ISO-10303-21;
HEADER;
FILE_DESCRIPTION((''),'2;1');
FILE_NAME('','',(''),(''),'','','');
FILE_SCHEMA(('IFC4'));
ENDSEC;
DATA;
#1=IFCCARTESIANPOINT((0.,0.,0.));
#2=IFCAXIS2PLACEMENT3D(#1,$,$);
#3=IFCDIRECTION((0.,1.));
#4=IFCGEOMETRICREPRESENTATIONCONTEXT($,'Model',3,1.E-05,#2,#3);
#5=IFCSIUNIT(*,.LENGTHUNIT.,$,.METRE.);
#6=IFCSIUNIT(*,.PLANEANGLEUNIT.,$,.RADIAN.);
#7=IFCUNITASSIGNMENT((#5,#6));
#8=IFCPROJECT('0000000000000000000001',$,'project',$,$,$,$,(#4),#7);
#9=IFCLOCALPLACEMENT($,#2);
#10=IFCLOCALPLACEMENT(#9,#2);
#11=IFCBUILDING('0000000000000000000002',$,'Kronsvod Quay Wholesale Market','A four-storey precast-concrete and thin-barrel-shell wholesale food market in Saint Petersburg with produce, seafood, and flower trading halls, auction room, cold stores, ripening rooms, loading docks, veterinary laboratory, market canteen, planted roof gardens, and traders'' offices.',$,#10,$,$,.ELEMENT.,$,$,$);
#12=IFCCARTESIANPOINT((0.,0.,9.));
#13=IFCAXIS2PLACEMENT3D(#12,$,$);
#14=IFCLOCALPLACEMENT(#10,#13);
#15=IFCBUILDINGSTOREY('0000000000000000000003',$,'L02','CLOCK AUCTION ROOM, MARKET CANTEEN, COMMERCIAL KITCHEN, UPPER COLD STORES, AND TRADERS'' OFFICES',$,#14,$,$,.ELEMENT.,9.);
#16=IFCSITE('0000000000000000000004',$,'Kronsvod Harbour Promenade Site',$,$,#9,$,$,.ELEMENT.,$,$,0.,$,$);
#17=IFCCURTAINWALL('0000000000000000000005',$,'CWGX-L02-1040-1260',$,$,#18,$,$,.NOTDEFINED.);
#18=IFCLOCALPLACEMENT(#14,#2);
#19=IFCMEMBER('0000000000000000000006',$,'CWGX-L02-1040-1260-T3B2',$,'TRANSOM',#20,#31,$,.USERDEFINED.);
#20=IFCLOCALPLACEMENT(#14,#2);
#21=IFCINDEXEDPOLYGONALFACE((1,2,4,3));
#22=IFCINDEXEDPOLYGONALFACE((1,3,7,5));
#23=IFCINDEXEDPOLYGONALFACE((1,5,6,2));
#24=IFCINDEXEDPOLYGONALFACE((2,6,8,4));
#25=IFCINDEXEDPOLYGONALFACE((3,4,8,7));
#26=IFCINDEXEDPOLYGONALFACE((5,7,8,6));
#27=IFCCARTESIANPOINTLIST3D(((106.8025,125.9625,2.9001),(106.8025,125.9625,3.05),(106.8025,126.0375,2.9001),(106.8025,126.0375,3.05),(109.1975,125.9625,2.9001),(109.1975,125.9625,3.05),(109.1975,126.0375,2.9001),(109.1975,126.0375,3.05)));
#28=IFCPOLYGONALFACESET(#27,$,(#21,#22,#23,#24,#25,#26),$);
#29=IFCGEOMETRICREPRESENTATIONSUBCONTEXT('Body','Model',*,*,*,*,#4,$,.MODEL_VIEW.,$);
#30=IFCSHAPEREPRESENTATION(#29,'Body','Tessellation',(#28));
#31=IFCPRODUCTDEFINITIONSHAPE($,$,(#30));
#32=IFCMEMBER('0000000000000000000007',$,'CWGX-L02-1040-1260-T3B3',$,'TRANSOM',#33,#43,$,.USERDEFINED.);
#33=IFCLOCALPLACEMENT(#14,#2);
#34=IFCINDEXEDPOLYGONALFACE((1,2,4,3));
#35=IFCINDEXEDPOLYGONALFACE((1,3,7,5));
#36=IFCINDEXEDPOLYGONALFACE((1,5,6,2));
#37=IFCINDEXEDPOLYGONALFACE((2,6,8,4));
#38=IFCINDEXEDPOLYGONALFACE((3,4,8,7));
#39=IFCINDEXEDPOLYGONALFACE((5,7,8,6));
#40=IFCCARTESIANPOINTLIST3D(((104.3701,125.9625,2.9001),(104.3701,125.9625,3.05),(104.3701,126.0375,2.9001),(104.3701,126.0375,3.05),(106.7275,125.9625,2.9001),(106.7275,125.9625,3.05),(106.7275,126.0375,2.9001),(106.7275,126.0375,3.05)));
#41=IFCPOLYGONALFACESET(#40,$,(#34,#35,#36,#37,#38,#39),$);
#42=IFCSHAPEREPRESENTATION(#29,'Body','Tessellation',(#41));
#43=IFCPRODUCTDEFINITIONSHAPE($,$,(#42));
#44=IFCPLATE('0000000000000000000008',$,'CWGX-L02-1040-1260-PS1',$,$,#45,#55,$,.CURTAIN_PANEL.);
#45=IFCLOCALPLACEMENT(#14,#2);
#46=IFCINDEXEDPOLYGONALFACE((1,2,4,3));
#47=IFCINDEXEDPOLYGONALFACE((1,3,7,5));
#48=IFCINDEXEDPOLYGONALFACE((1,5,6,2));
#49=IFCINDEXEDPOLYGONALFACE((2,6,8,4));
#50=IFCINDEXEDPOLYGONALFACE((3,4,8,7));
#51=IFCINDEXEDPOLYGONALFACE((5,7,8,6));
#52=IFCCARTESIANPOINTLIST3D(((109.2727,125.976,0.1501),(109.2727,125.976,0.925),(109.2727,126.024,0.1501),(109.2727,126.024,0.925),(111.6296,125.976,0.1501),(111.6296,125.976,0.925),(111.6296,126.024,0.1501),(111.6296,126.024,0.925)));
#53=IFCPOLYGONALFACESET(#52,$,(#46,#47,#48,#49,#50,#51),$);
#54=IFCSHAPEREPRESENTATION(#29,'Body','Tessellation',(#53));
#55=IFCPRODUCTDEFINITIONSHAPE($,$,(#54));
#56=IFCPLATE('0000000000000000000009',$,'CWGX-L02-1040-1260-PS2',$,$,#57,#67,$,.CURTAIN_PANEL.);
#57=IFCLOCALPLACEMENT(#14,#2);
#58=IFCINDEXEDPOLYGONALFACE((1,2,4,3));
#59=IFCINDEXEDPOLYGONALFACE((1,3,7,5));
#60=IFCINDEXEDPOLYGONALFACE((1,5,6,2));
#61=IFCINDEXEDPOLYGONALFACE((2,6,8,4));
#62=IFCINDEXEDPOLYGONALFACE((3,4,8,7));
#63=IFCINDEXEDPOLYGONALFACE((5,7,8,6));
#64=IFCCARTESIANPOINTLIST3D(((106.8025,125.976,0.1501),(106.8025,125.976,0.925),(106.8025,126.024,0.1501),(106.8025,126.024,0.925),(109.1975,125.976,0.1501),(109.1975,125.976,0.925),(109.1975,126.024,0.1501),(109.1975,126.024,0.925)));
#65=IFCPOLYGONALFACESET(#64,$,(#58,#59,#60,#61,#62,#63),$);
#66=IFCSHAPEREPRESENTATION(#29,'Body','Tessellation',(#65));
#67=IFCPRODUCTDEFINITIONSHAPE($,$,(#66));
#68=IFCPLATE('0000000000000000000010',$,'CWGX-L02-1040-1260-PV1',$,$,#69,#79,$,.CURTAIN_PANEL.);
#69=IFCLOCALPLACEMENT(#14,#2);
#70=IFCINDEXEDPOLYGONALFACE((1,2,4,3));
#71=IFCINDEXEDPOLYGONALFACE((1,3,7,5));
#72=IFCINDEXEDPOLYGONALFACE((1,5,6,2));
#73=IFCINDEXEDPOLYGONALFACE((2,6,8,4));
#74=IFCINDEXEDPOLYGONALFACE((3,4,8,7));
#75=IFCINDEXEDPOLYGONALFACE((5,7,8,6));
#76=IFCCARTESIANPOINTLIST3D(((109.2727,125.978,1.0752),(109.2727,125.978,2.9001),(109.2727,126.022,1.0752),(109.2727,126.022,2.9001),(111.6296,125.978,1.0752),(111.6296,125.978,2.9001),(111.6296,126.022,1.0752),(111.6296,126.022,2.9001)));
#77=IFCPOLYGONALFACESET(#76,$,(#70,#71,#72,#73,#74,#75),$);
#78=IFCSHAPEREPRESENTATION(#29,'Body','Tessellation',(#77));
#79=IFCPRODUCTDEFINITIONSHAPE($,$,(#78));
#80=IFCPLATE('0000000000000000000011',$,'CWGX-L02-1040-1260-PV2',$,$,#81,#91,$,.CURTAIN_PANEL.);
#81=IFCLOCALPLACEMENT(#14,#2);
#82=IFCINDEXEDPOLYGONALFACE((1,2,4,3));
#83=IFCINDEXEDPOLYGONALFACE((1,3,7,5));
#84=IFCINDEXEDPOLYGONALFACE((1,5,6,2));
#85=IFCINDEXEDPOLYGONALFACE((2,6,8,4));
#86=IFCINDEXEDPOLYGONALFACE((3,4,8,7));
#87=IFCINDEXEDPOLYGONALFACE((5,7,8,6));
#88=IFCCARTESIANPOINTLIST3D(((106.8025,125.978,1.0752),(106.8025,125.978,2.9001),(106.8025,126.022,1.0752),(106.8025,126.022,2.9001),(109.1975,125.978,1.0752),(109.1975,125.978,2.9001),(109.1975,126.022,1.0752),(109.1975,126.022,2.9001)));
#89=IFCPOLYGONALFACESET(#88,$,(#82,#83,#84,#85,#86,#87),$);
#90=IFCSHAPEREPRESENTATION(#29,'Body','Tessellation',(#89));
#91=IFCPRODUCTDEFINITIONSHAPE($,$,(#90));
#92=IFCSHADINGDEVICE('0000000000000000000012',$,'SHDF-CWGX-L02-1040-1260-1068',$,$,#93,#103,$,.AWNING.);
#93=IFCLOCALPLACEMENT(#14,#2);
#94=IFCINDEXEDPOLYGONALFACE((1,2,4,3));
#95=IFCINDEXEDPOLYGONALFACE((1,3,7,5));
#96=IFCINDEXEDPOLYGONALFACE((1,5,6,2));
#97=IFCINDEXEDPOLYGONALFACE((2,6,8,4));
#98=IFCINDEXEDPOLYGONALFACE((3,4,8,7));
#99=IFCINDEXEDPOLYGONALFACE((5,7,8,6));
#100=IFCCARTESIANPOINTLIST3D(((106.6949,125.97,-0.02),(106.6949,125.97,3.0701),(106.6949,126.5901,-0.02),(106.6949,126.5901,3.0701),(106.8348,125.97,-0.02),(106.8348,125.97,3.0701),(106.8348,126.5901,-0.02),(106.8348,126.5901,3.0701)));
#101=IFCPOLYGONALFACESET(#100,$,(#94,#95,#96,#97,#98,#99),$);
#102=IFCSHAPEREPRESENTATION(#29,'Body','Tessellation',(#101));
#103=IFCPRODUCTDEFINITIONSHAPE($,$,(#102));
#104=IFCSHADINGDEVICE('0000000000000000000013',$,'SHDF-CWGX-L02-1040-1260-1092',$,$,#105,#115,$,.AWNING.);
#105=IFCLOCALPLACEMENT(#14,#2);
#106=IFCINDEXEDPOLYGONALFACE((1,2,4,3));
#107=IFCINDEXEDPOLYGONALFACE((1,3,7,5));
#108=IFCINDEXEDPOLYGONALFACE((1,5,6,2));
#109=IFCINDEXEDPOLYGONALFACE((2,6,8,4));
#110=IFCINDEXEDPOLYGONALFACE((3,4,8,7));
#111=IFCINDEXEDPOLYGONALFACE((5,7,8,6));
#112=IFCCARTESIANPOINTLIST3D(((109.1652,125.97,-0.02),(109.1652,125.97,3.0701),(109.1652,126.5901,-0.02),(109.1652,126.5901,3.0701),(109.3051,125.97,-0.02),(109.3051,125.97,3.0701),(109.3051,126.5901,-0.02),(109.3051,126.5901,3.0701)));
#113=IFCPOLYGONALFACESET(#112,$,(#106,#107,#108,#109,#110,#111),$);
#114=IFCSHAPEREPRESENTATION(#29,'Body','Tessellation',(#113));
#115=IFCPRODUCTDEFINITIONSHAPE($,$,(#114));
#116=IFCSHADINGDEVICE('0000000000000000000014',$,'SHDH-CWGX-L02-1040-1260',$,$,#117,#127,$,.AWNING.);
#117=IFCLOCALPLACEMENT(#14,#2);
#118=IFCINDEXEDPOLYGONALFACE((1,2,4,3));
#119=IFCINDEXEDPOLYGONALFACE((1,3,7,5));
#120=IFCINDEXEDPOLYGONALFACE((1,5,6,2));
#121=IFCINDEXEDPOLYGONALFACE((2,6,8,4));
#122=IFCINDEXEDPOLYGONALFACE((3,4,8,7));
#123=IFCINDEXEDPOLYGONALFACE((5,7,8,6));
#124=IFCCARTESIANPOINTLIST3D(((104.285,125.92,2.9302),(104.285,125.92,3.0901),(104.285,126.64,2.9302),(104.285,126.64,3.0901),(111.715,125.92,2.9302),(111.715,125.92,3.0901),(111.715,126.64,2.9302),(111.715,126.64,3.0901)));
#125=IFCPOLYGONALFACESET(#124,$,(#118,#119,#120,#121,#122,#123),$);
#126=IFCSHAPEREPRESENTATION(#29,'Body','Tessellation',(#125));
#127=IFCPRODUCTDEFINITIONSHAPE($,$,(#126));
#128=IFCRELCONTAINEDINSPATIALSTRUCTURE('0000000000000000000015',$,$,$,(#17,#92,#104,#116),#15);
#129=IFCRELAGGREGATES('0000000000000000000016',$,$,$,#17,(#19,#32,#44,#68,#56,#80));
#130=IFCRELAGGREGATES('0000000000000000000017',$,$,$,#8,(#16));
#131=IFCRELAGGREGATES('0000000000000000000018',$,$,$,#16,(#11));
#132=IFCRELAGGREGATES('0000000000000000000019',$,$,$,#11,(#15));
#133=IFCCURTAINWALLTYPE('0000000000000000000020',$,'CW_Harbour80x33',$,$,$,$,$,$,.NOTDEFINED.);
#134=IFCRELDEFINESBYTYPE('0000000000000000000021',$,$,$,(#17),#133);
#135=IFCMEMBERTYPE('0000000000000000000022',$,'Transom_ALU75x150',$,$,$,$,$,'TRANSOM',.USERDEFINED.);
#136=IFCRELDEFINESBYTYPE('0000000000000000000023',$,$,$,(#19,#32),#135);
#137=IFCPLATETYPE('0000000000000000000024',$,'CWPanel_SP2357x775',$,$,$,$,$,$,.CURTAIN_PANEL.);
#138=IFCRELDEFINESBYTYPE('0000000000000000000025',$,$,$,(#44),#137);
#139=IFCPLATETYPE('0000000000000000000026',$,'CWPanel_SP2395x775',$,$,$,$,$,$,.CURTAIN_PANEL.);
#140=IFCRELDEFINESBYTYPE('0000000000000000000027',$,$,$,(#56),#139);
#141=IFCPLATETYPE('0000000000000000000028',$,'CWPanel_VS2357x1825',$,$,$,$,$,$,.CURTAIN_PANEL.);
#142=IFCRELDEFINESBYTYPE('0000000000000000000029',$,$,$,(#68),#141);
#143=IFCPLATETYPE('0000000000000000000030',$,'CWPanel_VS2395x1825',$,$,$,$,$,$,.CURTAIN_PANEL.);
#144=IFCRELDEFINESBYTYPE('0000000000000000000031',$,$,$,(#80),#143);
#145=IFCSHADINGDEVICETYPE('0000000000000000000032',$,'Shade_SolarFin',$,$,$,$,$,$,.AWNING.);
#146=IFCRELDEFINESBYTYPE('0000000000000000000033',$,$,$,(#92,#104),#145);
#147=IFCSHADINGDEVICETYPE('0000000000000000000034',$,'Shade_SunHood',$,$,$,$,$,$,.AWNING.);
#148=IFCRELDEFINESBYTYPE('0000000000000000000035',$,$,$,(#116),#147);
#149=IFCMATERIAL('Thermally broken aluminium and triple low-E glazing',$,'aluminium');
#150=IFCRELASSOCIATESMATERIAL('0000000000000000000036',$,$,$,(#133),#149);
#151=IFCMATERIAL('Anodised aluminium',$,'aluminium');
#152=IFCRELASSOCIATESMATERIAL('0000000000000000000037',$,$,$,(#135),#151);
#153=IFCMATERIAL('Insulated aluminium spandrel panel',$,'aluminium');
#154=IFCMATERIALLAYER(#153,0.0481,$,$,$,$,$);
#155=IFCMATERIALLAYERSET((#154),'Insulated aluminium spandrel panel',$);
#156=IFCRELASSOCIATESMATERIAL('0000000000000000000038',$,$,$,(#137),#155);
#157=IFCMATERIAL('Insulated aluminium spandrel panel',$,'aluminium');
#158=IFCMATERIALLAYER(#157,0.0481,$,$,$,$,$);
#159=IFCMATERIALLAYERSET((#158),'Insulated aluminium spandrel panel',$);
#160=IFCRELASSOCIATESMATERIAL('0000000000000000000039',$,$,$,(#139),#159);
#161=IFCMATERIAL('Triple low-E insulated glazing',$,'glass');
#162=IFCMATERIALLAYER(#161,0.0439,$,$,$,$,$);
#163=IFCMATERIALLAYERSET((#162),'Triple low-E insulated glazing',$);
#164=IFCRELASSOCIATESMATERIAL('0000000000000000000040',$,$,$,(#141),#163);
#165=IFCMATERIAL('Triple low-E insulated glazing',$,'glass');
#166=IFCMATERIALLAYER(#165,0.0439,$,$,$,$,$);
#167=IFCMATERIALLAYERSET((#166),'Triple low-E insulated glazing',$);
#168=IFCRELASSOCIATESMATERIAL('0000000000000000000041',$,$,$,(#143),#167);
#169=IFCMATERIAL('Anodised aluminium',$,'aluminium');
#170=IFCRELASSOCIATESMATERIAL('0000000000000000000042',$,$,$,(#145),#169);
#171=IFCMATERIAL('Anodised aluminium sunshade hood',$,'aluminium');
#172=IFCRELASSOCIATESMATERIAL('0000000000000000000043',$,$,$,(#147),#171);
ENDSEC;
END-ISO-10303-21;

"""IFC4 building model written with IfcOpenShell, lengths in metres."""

from ifc_helpers import new_model, si_unit, direction, frame, origin, origin_2d, place, context, subcontext, project, spatial, rectangle, extrude, material, layer, layer_set, material_profile, profile_set, type_object, element, aggregate, save


model = new_model("IFC4")

# Units and contexts
model_context = context("Model", 3, precision=1e-05, world=origin(), true_north=direction((0.0, 1.0)))
body_context = subcontext(model_context, "Body", "Model", "MODEL_VIEW")
ifc_project = project(units=[si_unit("LENGTHUNIT", "METRE"), si_unit("PLANEANGLEUNIT", "RADIAN")], contexts=[model_context])

# Site, building, storey
site_placement = place(None, origin())
site = spatial("IfcSite", under=ifc_project, at=site_placement, Name="Kronsvod Harbour Promenade Site", CompositionType="ELEMENT", RefElevation=0.0)
building_placement = place(site_placement, origin())
building = spatial("IfcBuilding", under=site, at=building_placement, Name="Kronsvod Quay Wholesale Market", Description="A four-storey precast-concrete and thin-barrel-shell wholesale food market in Saint Petersburg with produce, seafood, and flower trading halls, auction room, cold stores, ripening rooms, loading docks, veterinary laboratory, market canteen, planted roof gardens, and traders' offices.", CompositionType="ELEMENT")
storey_placement = place(building_placement, frame((0.0, 0.0, 9.0)))
storey = spatial("IfcBuildingStorey", under=building, at=storey_placement, Name="L02", Description="CLOCK AUCTION ROOM, MARKET CANTEEN, COMMERCIAL KITCHEN, UPPER COLD STORES, AND TRADERS' OFFICES", CompositionType="ELEMENT", Elevation=9.0)

# Curtain wall
ifc_material_1 = material(Name="Thermally broken aluminium and triple low-E glazing", Category="aluminium")
curtain_wall_type = type_object("IfcCurtainWallType", Name="CW_Harbour80x33", PredefinedType="NOTDEFINED", material=ifc_material_1)
curtain_wall_placement = place(storey_placement, origin())
curtain_wall = element("IfcCurtainWall", 1, at=curtain_wall_placement, inside=storey, type_object=curtain_wall_type, Name="CWGX-L02-1040-1260", PredefinedType="NOTDEFINED")

# Members
ifc_material_2 = material(Name="Anodised aluminium", Category="aluminium")
ifc_material_profile_1 = material_profile(ifc_material_2, rectangle(XDim=0.075, YDim=0.1499, at=origin_2d()), Name="ALUT75x150")
ifc_profile_set_1 = profile_set([ifc_material_profile_1], Name="Anodised aluminium")
member_type_1 = type_object("IfcMemberType", Name="Transom_ALU75x150", ElementType="TRANSOM", PredefinedType="USERDEFINED", material=ifc_profile_set_1)
member_1_placement = place(storey_placement, frame((109.1975, 126.0, 2.9751), z_axis=(-1.0, 0.0, 0.0), x_axis=(0.0, -1.0, 0.0)))
member_1 = element("IfcMember", 2, at=member_1_placement, type_object=member_type_1, Name="CWGX-L02-1040-1260-T3B2", ObjectType="TRANSOM", PredefinedType="USERDEFINED", context=body_context, shape_type="SweptSolid", body=[
    extrude(rectangle(XDim=0.075, YDim=0.1499, at=origin_2d()), origin(), (0.0, 0.0, 1.0), 2.395),
])
member_2_placement = place(storey_placement, frame((106.7275, 126.0, 2.9751), z_axis=(-1.0, 0.0, 0.0), x_axis=(0.0, -1.0, 0.0)))
member_2 = element("IfcMember", 3, at=member_2_placement, type_object=member_type_1, Name="CWGX-L02-1040-1260-T3B3", ObjectType="TRANSOM", PredefinedType="USERDEFINED", context=body_context, shape_type="SweptSolid", body=[
    extrude(rectangle(XDim=0.075, YDim=0.1499, at=origin_2d()), origin(), (0.0, 0.0, 1.0), 2.3574),
])

# Plates
ifc_material_3 = material(Name="Insulated aluminium spandrel panel", Category="aluminium")
ifc_layer_1 = layer(ifc_material_3, 0.0481)
ifc_layer_set_1 = layer_set([ifc_layer_1], Name="Insulated aluminium spandrel panel")
plate_type_1 = type_object("IfcPlateType", Name="CWPanel_SP2357x775", PredefinedType="CURTAIN_PANEL", material=ifc_layer_set_1)
plate_1_placement = place(storey_placement, frame((110.4512, 126.0, 0.1501), z_axis=(0.0, 0.0, 1.0), x_axis=(-1.0, 0.0, 0.0)))
plate_1 = element("IfcPlate", 4, at=plate_1_placement, type_object=plate_type_1, Name="CWGX-L02-1040-1260-PS1", PredefinedType="CURTAIN_PANEL", context=body_context, shape_type="SweptSolid", body=[
    extrude(rectangle(XDim=2.3569, YDim=0.0481, at=origin_2d()), origin(), (0.0, 0.0, 1.0), 0.7749),
])
ifc_material_4 = material(Name="Insulated aluminium spandrel panel", Category="aluminium")
ifc_layer_2 = layer(ifc_material_4, 0.0481)
ifc_layer_set_2 = layer_set([ifc_layer_2], Name="Insulated aluminium spandrel panel")
plate_type_2 = type_object("IfcPlateType", Name="CWPanel_SP2395x775", PredefinedType="CURTAIN_PANEL", material=ifc_layer_set_2)
plate_2_placement = place(storey_placement, frame((108.0, 126.0, 0.1501), z_axis=(0.0, 0.0, 1.0), x_axis=(-1.0, 0.0, 0.0)))
plate_2 = element("IfcPlate", 5, at=plate_2_placement, type_object=plate_type_2, Name="CWGX-L02-1040-1260-PS2", PredefinedType="CURTAIN_PANEL", context=body_context, shape_type="SweptSolid", body=[
    extrude(rectangle(XDim=2.395, YDim=0.0481, at=origin_2d()), origin(), (0.0, 0.0, 1.0), 0.7749),
])
ifc_material_5 = material(Name="Triple low-E insulated glazing", Category="glass")
ifc_layer_3 = layer(ifc_material_5, 0.0439)
ifc_layer_set_3 = layer_set([ifc_layer_3], Name="Triple low-E insulated glazing")
plate_type_3 = type_object("IfcPlateType", Name="CWPanel_VS2357x1825", PredefinedType="CURTAIN_PANEL", material=ifc_layer_set_3)
plate_3_placement = place(storey_placement, frame((110.4512, 126.0, 1.0752), z_axis=(0.0, 0.0, 1.0), x_axis=(-1.0, 0.0, 0.0)))
plate_3 = element("IfcPlate", 6, at=plate_3_placement, type_object=plate_type_3, Name="CWGX-L02-1040-1260-PV1", PredefinedType="CURTAIN_PANEL", context=body_context, shape_type="SweptSolid", body=[
    extrude(rectangle(XDim=2.3569, YDim=0.0439, at=origin_2d()), origin(), (0.0, 0.0, 1.0), 1.825),
])
ifc_material_6 = material(Name="Triple low-E insulated glazing", Category="glass")
ifc_layer_4 = layer(ifc_material_6, 0.0439)
ifc_layer_set_4 = layer_set([ifc_layer_4], Name="Triple low-E insulated glazing")
plate_type_4 = type_object("IfcPlateType", Name="CWPanel_VS2395x1825", PredefinedType="CURTAIN_PANEL", material=ifc_layer_set_4)
plate_4_placement = place(storey_placement, frame((108.0, 126.0, 1.0752), z_axis=(0.0, 0.0, 1.0), x_axis=(-1.0, 0.0, 0.0)))
plate_4 = element("IfcPlate", 7, at=plate_4_placement, type_object=plate_type_4, Name="CWGX-L02-1040-1260-PV2", PredefinedType="CURTAIN_PANEL", context=body_context, shape_type="SweptSolid", body=[
    extrude(rectangle(XDim=2.395, YDim=0.0439, at=origin_2d()), origin(), (0.0, 0.0, 1.0), 1.825),
])
aggregate(curtain_wall, [member_1, member_2, plate_1, plate_3, plate_2, plate_4])

# Shading devices
ifc_material_7 = material(Name="Anodised aluminium", Category="aluminium")
shading_device_type_1 = type_object("IfcShadingDeviceType", Name="Shade_SolarFin", PredefinedType="AWNING", material=ifc_material_7)
for number, where, z_axis, x_axis, name in (
    (8, (106.7649, 126.28, -0.02), (0.0, 0.0, 1.0), (1.0, 0.0, 0.0), "SHDF-CWGX-L02-1040-1260-1068"),
    (9, (109.2351, 126.28, -0.02), (0.0, 0.0, 1.0), (1.0, 0.0, 0.0), "SHDF-CWGX-L02-1040-1260-1092"),
):
    element("IfcShadingDevice", number, at=place(storey_placement, frame(where, z_axis=z_axis, x_axis=x_axis)), inside=storey, type_object=shading_device_type_1, Name=name, PredefinedType="AWNING", context=body_context, shape_type="SweptSolid", body=[
        extrude(rectangle(XDim=0.1399, YDim=0.6201, at=origin_2d()), origin(), (0.0, 0.0, 1.0), 3.0901),
    ])
ifc_material_8 = material(Name="Anodised aluminium sunshade hood", Category="aluminium")
shading_device_type_2 = type_object("IfcShadingDeviceType", Name="Shade_SunHood", PredefinedType="AWNING", material=ifc_material_8)
shading_device_placement = place(storey_placement, frame((108.0, 126.28, 2.9302), z_axis=(0.0, 0.0, 1.0), x_axis=(1.0, 0.0, 0.0)))
element("IfcShadingDevice", 10, at=shading_device_placement, inside=storey, type_object=shading_device_type_2, Name="SHDH-CWGX-L02-1040-1260", PredefinedType="AWNING", context=body_context, shape_type="SweptSolid", body=[
    extrude(rectangle(XDim=7.4299, YDim=0.72, at=origin_2d()), origin(), (0.0, 0.0, 1.0), 0.1599),
])

save(model, "model.ifc")
